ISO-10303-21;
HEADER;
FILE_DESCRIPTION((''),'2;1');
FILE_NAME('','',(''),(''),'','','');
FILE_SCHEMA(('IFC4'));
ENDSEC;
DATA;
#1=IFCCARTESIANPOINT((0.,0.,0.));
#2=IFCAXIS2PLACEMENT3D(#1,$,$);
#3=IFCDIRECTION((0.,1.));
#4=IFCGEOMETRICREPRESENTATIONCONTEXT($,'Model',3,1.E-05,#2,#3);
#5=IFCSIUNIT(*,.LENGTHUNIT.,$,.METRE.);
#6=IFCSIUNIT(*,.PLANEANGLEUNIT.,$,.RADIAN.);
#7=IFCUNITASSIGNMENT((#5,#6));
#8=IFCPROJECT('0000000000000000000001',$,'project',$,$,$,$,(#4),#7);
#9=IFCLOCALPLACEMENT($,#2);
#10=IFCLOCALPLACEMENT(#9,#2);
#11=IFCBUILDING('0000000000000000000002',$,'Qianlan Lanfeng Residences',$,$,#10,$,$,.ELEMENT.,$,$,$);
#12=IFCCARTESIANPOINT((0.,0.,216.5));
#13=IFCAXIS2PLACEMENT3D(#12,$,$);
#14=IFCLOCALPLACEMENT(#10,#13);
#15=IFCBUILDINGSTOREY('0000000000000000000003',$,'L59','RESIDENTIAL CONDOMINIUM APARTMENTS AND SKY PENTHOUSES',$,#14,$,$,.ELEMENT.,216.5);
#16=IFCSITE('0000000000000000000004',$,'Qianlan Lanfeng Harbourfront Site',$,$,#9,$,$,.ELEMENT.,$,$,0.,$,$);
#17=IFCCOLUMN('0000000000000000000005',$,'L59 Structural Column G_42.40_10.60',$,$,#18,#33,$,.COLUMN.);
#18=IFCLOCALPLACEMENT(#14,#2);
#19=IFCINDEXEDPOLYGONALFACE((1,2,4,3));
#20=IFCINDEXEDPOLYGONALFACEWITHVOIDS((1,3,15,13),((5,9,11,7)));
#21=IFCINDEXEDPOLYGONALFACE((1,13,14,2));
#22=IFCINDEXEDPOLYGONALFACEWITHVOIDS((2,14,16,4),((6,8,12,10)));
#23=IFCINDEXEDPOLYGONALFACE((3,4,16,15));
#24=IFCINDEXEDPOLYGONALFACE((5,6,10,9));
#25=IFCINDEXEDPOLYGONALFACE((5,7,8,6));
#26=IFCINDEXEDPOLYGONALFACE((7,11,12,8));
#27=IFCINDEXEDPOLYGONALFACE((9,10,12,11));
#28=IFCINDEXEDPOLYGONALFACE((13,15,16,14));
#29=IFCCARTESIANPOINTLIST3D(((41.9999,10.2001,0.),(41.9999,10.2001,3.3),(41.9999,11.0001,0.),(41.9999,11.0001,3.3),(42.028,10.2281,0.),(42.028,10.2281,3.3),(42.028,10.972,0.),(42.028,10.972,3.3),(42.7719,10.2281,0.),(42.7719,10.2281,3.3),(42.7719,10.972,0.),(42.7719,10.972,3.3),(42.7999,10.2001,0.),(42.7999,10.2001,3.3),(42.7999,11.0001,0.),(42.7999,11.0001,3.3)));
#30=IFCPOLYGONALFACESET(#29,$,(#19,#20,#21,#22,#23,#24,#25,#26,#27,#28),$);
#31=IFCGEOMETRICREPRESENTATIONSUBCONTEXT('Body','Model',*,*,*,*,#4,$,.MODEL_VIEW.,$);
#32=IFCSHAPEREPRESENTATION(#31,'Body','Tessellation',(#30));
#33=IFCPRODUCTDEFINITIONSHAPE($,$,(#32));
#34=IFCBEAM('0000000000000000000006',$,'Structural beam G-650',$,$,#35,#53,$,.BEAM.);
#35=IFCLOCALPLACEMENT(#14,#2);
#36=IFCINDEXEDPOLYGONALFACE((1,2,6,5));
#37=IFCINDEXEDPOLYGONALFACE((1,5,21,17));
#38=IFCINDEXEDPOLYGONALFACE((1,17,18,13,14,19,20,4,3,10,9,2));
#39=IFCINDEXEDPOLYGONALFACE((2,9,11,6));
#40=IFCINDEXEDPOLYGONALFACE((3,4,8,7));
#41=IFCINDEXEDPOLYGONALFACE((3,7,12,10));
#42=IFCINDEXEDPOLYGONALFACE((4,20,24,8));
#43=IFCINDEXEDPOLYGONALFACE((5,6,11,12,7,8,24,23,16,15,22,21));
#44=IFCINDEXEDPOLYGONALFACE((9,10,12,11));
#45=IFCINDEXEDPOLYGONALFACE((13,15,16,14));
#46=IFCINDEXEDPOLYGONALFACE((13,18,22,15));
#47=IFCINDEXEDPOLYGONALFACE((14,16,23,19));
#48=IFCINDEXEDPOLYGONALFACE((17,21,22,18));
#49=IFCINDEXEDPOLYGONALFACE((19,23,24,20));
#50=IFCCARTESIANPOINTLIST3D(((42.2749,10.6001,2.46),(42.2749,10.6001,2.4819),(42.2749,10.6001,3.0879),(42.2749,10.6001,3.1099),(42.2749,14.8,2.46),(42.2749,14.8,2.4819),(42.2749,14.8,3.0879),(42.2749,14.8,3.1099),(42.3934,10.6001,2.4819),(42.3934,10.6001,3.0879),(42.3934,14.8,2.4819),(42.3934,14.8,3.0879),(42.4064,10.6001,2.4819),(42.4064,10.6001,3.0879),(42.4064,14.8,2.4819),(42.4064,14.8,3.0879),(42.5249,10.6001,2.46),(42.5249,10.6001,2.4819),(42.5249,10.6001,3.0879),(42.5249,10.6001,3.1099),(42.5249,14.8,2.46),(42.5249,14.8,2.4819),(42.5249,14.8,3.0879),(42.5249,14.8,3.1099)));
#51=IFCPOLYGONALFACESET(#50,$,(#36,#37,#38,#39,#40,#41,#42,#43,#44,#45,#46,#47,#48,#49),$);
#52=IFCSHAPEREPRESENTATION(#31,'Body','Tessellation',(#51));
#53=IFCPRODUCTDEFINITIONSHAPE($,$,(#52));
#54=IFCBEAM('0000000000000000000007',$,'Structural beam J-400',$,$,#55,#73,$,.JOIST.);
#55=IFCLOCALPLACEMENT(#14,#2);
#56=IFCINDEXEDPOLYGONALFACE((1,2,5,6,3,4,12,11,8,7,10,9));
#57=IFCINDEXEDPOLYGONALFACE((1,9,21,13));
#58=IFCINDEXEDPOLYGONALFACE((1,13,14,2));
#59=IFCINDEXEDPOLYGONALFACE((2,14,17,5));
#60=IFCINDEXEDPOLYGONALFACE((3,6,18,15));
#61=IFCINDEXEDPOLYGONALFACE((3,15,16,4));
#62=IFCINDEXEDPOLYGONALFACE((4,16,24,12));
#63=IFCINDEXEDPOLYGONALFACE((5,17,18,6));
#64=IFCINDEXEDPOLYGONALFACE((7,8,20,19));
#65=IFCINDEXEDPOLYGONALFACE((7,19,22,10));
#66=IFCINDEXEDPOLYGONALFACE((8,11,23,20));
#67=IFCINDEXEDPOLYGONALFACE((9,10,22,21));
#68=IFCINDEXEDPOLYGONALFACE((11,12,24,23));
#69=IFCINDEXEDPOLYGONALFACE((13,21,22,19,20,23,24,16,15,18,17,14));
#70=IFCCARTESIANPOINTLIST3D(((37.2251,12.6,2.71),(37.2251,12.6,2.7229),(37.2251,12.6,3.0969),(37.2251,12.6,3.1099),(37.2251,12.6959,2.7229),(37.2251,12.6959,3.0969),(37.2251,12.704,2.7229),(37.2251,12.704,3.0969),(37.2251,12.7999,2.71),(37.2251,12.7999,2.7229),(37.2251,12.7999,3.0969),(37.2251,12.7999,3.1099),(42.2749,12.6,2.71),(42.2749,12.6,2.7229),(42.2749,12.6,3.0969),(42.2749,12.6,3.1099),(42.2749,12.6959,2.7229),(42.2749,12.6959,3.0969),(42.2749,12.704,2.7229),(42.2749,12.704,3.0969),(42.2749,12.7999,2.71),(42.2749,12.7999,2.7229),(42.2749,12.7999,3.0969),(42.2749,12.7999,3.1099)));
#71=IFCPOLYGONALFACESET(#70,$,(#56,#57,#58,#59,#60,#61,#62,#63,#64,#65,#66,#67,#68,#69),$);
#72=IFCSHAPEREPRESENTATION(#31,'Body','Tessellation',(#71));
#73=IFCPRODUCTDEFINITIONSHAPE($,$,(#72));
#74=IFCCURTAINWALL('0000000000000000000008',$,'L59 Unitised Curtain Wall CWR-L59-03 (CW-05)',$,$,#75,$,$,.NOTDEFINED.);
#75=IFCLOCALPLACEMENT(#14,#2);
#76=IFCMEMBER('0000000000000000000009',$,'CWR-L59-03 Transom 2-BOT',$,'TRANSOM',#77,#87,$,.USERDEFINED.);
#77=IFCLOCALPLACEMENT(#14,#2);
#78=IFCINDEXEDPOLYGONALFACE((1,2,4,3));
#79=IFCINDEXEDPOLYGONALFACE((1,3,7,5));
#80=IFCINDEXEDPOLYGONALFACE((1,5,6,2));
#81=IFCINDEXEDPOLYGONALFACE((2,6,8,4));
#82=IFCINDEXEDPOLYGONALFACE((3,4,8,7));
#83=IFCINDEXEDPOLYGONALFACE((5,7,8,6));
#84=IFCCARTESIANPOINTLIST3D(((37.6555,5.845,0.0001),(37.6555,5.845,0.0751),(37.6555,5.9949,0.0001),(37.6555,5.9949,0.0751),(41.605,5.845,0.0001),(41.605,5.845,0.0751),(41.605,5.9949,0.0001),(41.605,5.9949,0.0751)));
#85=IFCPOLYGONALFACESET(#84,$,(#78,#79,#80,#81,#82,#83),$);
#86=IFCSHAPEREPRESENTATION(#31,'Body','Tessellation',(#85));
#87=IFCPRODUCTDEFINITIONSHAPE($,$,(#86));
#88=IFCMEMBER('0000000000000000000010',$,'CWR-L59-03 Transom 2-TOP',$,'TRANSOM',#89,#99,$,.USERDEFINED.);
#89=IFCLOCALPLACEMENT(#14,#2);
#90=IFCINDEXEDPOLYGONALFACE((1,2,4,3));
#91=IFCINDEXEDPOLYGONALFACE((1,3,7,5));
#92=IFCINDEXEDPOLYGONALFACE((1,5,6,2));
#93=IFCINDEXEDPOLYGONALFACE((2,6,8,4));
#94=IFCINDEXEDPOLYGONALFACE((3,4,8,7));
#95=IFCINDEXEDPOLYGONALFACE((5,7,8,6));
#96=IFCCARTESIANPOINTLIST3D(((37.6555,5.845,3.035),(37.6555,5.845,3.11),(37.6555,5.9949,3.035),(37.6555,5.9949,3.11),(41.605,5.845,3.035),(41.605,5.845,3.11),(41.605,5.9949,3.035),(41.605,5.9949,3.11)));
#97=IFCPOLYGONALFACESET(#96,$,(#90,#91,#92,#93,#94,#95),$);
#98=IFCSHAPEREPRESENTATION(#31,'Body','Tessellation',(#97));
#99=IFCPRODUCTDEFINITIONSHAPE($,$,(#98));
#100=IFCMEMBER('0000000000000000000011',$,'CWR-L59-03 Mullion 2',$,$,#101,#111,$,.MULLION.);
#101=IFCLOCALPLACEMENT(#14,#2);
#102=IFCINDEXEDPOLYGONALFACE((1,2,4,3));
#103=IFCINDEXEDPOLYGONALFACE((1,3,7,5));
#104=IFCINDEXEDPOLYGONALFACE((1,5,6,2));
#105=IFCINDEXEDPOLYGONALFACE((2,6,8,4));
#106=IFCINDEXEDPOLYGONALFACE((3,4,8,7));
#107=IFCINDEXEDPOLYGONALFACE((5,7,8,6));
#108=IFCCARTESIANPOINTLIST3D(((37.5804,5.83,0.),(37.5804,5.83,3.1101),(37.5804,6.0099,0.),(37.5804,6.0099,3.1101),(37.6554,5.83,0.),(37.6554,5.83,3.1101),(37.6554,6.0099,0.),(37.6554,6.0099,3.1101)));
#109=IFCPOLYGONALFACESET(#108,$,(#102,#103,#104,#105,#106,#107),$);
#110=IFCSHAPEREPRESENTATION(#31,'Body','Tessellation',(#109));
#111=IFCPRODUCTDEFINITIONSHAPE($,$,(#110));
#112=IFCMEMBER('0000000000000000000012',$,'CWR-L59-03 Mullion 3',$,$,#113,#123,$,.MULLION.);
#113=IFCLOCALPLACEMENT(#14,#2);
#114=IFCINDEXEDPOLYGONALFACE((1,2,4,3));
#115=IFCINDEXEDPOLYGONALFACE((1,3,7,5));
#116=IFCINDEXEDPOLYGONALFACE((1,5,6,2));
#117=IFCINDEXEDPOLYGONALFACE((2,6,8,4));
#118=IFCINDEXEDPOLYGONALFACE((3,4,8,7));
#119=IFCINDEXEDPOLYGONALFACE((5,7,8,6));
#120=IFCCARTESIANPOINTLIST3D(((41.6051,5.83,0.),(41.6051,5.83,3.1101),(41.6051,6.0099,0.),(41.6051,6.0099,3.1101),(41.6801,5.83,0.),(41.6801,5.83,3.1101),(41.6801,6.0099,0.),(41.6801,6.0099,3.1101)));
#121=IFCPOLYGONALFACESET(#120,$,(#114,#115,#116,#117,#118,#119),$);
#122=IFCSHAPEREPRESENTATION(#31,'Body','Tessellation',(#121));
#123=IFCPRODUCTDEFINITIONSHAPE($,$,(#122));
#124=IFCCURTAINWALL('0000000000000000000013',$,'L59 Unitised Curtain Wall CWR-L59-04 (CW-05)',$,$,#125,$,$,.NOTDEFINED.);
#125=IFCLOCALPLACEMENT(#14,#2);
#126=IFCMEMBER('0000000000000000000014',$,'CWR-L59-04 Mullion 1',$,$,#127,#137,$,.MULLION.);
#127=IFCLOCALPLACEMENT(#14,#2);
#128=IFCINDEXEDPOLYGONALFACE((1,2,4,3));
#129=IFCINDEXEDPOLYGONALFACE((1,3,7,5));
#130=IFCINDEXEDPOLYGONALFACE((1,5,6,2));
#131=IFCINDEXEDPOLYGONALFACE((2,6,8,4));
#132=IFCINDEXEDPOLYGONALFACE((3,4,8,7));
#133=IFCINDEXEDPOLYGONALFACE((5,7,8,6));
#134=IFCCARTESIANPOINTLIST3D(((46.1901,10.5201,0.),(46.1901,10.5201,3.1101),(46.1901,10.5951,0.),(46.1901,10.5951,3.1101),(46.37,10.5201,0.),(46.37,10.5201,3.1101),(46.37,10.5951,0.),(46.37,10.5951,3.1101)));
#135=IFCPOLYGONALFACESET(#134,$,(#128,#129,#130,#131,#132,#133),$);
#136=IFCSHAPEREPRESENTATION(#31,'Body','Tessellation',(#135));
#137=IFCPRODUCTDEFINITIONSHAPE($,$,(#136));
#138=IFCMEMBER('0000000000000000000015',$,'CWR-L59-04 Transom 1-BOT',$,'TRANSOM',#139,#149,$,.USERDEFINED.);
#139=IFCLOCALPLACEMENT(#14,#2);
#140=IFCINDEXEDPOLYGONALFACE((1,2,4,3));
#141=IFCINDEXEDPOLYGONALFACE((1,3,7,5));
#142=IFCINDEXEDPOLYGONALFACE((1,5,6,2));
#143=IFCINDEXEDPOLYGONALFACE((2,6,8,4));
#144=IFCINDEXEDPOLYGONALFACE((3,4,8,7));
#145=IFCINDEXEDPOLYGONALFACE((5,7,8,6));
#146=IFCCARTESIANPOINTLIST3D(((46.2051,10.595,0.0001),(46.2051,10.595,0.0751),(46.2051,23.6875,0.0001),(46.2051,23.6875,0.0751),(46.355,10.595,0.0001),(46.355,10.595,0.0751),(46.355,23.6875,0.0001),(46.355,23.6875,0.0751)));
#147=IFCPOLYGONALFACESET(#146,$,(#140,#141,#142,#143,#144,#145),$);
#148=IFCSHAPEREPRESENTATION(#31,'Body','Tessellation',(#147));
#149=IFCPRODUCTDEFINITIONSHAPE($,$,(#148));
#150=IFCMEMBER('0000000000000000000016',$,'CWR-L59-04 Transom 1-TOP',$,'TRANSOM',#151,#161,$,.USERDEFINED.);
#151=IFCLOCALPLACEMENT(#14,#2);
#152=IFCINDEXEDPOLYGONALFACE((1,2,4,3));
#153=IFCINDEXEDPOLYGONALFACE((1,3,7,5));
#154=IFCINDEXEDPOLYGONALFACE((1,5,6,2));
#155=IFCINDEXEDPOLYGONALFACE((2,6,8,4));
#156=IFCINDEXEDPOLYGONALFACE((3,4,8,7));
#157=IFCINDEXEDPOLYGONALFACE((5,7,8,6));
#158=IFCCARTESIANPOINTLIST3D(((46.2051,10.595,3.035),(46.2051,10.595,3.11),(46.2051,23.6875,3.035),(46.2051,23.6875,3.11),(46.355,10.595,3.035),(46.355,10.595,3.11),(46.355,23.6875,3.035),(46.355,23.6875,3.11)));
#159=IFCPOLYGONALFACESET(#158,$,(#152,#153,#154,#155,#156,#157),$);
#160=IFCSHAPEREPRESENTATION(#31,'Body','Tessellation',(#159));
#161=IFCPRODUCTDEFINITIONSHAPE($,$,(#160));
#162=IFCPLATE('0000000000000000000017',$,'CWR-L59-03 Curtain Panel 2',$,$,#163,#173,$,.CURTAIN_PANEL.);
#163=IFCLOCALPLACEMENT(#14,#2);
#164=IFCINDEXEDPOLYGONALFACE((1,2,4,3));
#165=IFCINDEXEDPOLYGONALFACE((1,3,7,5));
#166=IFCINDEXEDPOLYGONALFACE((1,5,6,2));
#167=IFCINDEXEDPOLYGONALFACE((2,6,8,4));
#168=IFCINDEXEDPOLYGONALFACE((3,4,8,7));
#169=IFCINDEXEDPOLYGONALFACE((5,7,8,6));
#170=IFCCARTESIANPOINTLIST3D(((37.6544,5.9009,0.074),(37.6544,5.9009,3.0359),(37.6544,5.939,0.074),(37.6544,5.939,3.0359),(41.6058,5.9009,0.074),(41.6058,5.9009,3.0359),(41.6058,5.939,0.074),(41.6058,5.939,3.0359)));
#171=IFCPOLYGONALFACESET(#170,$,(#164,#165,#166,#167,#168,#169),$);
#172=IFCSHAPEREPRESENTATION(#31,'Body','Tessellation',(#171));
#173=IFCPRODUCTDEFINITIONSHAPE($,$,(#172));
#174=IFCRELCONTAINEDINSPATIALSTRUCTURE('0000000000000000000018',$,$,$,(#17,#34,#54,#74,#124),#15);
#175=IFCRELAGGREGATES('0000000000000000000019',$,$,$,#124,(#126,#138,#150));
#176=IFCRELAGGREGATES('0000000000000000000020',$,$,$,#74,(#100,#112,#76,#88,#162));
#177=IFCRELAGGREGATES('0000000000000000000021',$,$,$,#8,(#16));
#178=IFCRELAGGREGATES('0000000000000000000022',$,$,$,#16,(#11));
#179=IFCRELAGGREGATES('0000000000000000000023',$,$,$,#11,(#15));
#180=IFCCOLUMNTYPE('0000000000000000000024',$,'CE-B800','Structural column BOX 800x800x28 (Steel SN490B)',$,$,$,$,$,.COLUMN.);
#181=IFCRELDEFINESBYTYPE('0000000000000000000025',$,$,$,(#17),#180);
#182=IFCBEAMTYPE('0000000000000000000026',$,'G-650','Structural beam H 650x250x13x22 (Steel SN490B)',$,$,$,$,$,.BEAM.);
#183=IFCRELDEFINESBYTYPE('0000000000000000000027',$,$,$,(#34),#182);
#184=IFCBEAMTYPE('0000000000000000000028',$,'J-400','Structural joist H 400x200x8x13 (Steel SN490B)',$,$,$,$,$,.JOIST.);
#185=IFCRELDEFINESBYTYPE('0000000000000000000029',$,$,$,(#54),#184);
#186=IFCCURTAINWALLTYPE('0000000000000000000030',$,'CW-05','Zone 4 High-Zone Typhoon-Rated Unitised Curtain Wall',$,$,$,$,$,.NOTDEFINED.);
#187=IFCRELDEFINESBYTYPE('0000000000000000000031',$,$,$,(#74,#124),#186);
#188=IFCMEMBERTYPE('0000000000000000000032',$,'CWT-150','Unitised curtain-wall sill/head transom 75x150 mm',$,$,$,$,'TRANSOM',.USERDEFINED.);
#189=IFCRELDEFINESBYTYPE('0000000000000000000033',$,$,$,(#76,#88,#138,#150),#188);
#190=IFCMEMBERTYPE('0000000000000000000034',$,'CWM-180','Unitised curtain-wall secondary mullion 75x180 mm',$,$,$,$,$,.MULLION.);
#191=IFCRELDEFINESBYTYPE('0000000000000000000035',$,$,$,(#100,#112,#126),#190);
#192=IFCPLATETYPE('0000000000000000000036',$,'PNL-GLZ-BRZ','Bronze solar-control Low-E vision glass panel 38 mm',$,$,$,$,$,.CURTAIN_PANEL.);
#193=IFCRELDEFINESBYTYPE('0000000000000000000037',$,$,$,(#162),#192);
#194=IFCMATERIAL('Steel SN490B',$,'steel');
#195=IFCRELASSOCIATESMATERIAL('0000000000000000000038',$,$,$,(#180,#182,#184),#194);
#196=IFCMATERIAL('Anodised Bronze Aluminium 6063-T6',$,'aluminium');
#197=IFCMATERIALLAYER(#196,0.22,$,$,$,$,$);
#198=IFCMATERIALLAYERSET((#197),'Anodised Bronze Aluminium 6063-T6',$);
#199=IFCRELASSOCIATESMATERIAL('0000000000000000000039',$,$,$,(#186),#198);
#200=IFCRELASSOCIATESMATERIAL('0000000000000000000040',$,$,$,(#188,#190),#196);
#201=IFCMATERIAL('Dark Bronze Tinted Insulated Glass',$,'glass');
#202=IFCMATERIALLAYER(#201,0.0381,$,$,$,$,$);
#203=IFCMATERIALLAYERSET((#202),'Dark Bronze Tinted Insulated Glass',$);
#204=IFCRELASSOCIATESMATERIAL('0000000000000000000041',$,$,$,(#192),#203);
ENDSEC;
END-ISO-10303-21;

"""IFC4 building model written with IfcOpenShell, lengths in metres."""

from ifc_helpers import new_model, si_unit, direction, frame, origin, origin_2d, place, context, subcontext, project, spatial, rectangle, hollow_rectangle, i_section, extrude, source, transform, mapped, material, layer, layer_set, material_profile, profile_set, type_object, element, aggregate, save


model = new_model("IFC4")

# Units and contexts
model_context = context("Model", 3, precision=1e-05, world=origin(), true_north=direction((0.0, 1.0)))
body_context = subcontext(model_context, "Body", "Model", "MODEL_VIEW")
ifc_project = project(units=[si_unit("LENGTHUNIT", "METRE"), si_unit("PLANEANGLEUNIT", "RADIAN")], contexts=[model_context])

# Site, building, storey
site_placement = place(None, origin())
site = spatial("IfcSite", under=ifc_project, at=site_placement, Name="Qianlan Lanfeng Harbourfront Site", CompositionType="ELEMENT", RefElevation=0.0)
building_placement = place(site_placement, origin())
building = spatial("IfcBuilding", under=site, at=building_placement, Name="Qianlan Lanfeng Residences", CompositionType="ELEMENT")
storey_placement = place(building_placement, frame((0.0, 0.0, 216.5)))
storey = spatial("IfcBuildingStorey", under=building, at=storey_placement, Name="L59", Description="RESIDENTIAL CONDOMINIUM APARTMENTS AND SKY PENTHOUSES", CompositionType="ELEMENT", Elevation=216.5)

# Column
ifc_material_1 = material(Name="Steel SN490B", Category="steel")
ifc_material_profile_1 = material_profile(ifc_material_1, hollow_rectangle(XDim=0.8, YDim=0.8, WallThickness=0.0281, at=origin_2d()), Name="BOX 800x800x28")
ifc_profile_set_1 = profile_set([ifc_material_profile_1], Name="Steel SN490B")
column_type = type_object("IfcColumnType", Name="CE-B800", Description="Structural column BOX 800x800x28 (Steel SN490B)", PredefinedType="COLUMN", material=ifc_profile_set_1)
column_placement = place(storey_placement, frame((42.3999, 10.6001, 0.0), z_axis=(0.0, 0.0, 1.0), x_axis=(1.0, 0.0, 0.0)))
element("IfcColumn", 1, at=column_placement, inside=storey, type_object=column_type, Name="L59 Structural Column G_42.40_10.60", PredefinedType="COLUMN", context=body_context, shape_type="SweptSolid", body=[
    extrude(hollow_rectangle(XDim=0.8, YDim=0.8, WallThickness=0.0281, at=origin_2d()), origin(), (0.0, 0.0, 1.0), 3.3),
])

# Beams
ifc_material_profile_2 = material_profile(ifc_material_1, i_section(OverallWidth=0.25, OverallDepth=0.6499, WebThickness=0.0129, FlangeThickness=0.022, at=origin_2d()), Name="H 650x250x13x22")
ifc_profile_set_2 = profile_set([ifc_material_profile_2], Name="Steel SN490B")
beam_type_1 = type_object("IfcBeamType", Name="G-650", Description="Structural beam H 650x250x13x22 (Steel SN490B)", PredefinedType="BEAM", material=ifc_profile_set_2)
beam_1_placement = place(storey_placement, frame((42.3999, 10.6001, 2.7849), z_axis=(0.0, 1.0, 0.0), x_axis=(-1.0, 0.0, 0.0)))
element("IfcBeam", 2, at=beam_1_placement, inside=storey, type_object=beam_type_1, Name="Structural beam G-650", PredefinedType="BEAM", context=body_context, shape_type="SweptSolid", body=[
    extrude(i_section(OverallWidth=0.25, OverallDepth=0.6499, WebThickness=0.0129, FlangeThickness=0.022, at=origin_2d()), origin(), (0.0, 0.0, 1.0), 4.2),
])
ifc_material_profile_3 = material_profile(ifc_material_1, i_section(OverallWidth=0.2, OverallDepth=0.3999, WebThickness=0.0081, FlangeThickness=0.0129, at=origin_2d()), Name="H 400x200x8x13")
ifc_profile_set_3 = profile_set([ifc_material_profile_3], Name="Steel SN490B")
beam_type_2 = type_object("IfcBeamType", Name="J-400", Description="Structural joist H 400x200x8x13 (Steel SN490B)", PredefinedType="JOIST", material=ifc_profile_set_3)
beam_2_placement = place(storey_placement, frame((37.2251, 12.7, 2.9099), z_axis=(1.0, 0.0, 0.0), x_axis=(0.0, 1.0, 0.0)))
element("IfcBeam", 3, at=beam_2_placement, inside=storey, type_object=beam_type_2, Name="Structural beam J-400", PredefinedType="JOIST", context=body_context, shape_type="SweptSolid", body=[
    extrude(i_section(OverallWidth=0.2, OverallDepth=0.3999, WebThickness=0.0081, FlangeThickness=0.0129, at=origin_2d()), origin(), (0.0, 0.0, 1.0), 5.0498),
])

# Curtain walls, members
ifc_material_2 = material(Name="Anodised Bronze Aluminium 6063-T6", Category="aluminium")
ifc_layer_1 = layer(ifc_material_2, 0.22)
ifc_layer_set_1 = layer_set([ifc_layer_1], Name="Anodised Bronze Aluminium 6063-T6")
curtain_wall_type = type_object("IfcCurtainWallType", Name="CW-05", Description="Zone 4 High-Zone Typhoon-Rated Unitised Curtain Wall", PredefinedType="NOTDEFINED", material=ifc_layer_set_1)
curtain_wall_1_placement = place(storey_placement, origin())
curtain_wall_1 = element("IfcCurtainWall", 4, at=curtain_wall_1_placement, inside=storey, type_object=curtain_wall_type, Name="L59 Unitised Curtain Wall CWR-L59-03 (CW-05)", PredefinedType="NOTDEFINED")
ifc_material_profile_4 = material_profile(ifc_material_2, rectangle(XDim=0.075, YDim=0.1499, at=origin_2d()), Name="ALU TRANSOM 75x150")
ifc_profile_set_4 = profile_set([ifc_material_profile_4], Name="Anodised Bronze Aluminium 6063-T6")
member_type_1 = type_object("IfcMemberType", Name="CWT-150", Description="Unitised curtain-wall sill/head transom 75x150 mm", ElementType="TRANSOM", PredefinedType="USERDEFINED", material=ifc_profile_set_4)
shared_shape_1 = source(origin(), body_context, "Body", "SweptSolid", [
    extrude(rectangle(XDim=0.075, YDim=0.1499, at=origin_2d()), origin(), (0.0, 0.0, 1.0), 3.9495),
])
member_1_placement = place(storey_placement, frame((37.6555, 5.9199, 0.0376), z_axis=(1.0, 0.0, 0.0), x_axis=(0.0, 0.0, 1.0)))
member_1 = element("IfcMember", 5, at=member_1_placement, type_object=member_type_1, Name="CWR-L59-03 Transom 2-BOT", ObjectType="TRANSOM", PredefinedType="USERDEFINED", context=body_context, shape_type="MappedRepresentation", body=[
    mapped(shared_shape_1, transform((0.0, 0.0, 0.0), scale=1.0)),
])
member_2_placement = place(storey_placement, frame((37.6555, 5.9199, 3.0725), z_axis=(1.0, 0.0, 0.0), x_axis=(0.0, 0.0, 1.0)))
member_2 = element("IfcMember", 6, at=member_2_placement, type_object=member_type_1, Name="CWR-L59-03 Transom 2-TOP", ObjectType="TRANSOM", PredefinedType="USERDEFINED", context=body_context, shape_type="MappedRepresentation", body=[
    mapped(shared_shape_1, transform((0.0, 0.0, 0.0), scale=1.0)),
])
ifc_material_profile_5 = material_profile(ifc_material_2, rectangle(XDim=0.075, YDim=0.1799, at=origin_2d()), Name="ALU MULLION 75x180")
ifc_profile_set_5 = profile_set([ifc_material_profile_5], Name="Anodised Bronze Aluminium 6063-T6")
member_type_2 = type_object("IfcMemberType", Name="CWM-180", Description="Unitised curtain-wall secondary mullion 75x180 mm", PredefinedType="MULLION", material=ifc_profile_set_5)
shared_shape_2 = source(origin(), body_context, "Body", "SweptSolid", [
    extrude(rectangle(XDim=0.075, YDim=0.1799, at=origin_2d()), origin(), (0.0, 0.0, 1.0), 3.1101),
])
member_3_placement = place(storey_placement, frame((37.6179, 5.9199, 0.0), z_axis=(0.0, 0.0, 1.0), x_axis=(1.0, 0.0, 0.0)))
member_3 = element("IfcMember", 7, at=member_3_placement, type_object=member_type_2, Name="CWR-L59-03 Mullion 2", PredefinedType="MULLION", context=body_context, shape_type="MappedRepresentation", body=[
    mapped(shared_shape_2, transform((0.0, 0.0, 0.0), scale=1.0)),
])
member_4_placement = place(storey_placement, frame((41.6426, 5.9199, 0.0), z_axis=(0.0, 0.0, 1.0), x_axis=(1.0, 0.0, 0.0)))
member_4 = element("IfcMember", 8, at=member_4_placement, type_object=member_type_2, Name="CWR-L59-03 Mullion 3", PredefinedType="MULLION", context=body_context, shape_type="MappedRepresentation", body=[
    mapped(shared_shape_2, transform((0.0, 0.0, 0.0), scale=1.0)),
])
curtain_wall_2_placement = place(storey_placement, origin())
curtain_wall_2 = element("IfcCurtainWall", 9, at=curtain_wall_2_placement, inside=storey, type_object=curtain_wall_type, Name="L59 Unitised Curtain Wall CWR-L59-04 (CW-05)", PredefinedType="NOTDEFINED")
member_5_placement = place(storey_placement, frame((46.28, 10.5576, 0.0), z_axis=(0.0, 0.0, 1.0), x_axis=(0.0, 1.0, 0.0)))
member_5 = element("IfcMember", 10, at=member_5_placement, type_object=member_type_2, Name="CWR-L59-04 Mullion 1", PredefinedType="MULLION", context=body_context, shape_type="MappedRepresentation", body=[
    mapped(shared_shape_2, transform((0.0, 0.0, 0.0), scale=1.0)),
])
shared_shape_3 = source(origin(), body_context, "Body", "SweptSolid", [
    extrude(rectangle(XDim=0.075, YDim=0.1499, at=origin_2d()), origin(), (0.0, 0.0, 1.0), 13.0925),
])
member_6_placement = place(storey_placement, frame((46.28, 10.595, 0.0376), z_axis=(0.0, 1.0, 0.0), x_axis=(0.0, 0.0, 1.0)))
member_6 = element("IfcMember", 11, at=member_6_placement, type_object=member_type_1, Name="CWR-L59-04 Transom 1-BOT", ObjectType="TRANSOM", PredefinedType="USERDEFINED", context=body_context, shape_type="MappedRepresentation", body=[
    mapped(shared_shape_3, transform((0.0, 0.0, 0.0), scale=1.0)),
])
member_7_placement = place(storey_placement, frame((46.28, 10.595, 3.0725), z_axis=(0.0, 1.0, 0.0), x_axis=(0.0, 0.0, 1.0)))
member_7 = element("IfcMember", 12, at=member_7_placement, type_object=member_type_1, Name="CWR-L59-04 Transom 1-TOP", ObjectType="TRANSOM", PredefinedType="USERDEFINED", context=body_context, shape_type="MappedRepresentation", body=[
    mapped(shared_shape_3, transform((0.0, 0.0, 0.0), scale=1.0)),
])
aggregate(curtain_wall_2, [member_5, member_6, member_7])

# Plate
ifc_material_3 = material(Name="Dark Bronze Tinted Insulated Glass", Category="glass")
ifc_layer_2 = layer(ifc_material_3, 0.0381)
ifc_layer_set_2 = layer_set([ifc_layer_2], Name="Dark Bronze Tinted Insulated Glass")
plate_type = type_object("IfcPlateType", Name="PNL-GLZ-BRZ", Description="Bronze solar-control Low-E vision glass panel 38 mm", PredefinedType="CURTAIN_PANEL", material=ifc_layer_set_2)
shared_shape_4 = source(origin(), body_context, "Body", "SweptSolid", [
    extrude(rectangle(XDim=3.9514, YDim=0.0381, at=origin_2d()), origin(), (0.0, 0.0, 1.0), 2.9619),
])
plate_placement = place(storey_placement, frame((39.6301, 5.9199, 0.074), z_axis=(0.0, 0.0, 1.0), x_axis=(1.0, 0.0, 0.0)))
plate = element("IfcPlate", 13, at=plate_placement, type_object=plate_type, Name="CWR-L59-03 Curtain Panel 2", PredefinedType="CURTAIN_PANEL", context=body_context, shape_type="MappedRepresentation", body=[
    mapped(shared_shape_4, transform((0.0, 0.0, 0.0), scale=1.0)),
])
aggregate(curtain_wall_1, [member_3, member_4, member_1, member_2, plate])

save(model, "model.ifc")
